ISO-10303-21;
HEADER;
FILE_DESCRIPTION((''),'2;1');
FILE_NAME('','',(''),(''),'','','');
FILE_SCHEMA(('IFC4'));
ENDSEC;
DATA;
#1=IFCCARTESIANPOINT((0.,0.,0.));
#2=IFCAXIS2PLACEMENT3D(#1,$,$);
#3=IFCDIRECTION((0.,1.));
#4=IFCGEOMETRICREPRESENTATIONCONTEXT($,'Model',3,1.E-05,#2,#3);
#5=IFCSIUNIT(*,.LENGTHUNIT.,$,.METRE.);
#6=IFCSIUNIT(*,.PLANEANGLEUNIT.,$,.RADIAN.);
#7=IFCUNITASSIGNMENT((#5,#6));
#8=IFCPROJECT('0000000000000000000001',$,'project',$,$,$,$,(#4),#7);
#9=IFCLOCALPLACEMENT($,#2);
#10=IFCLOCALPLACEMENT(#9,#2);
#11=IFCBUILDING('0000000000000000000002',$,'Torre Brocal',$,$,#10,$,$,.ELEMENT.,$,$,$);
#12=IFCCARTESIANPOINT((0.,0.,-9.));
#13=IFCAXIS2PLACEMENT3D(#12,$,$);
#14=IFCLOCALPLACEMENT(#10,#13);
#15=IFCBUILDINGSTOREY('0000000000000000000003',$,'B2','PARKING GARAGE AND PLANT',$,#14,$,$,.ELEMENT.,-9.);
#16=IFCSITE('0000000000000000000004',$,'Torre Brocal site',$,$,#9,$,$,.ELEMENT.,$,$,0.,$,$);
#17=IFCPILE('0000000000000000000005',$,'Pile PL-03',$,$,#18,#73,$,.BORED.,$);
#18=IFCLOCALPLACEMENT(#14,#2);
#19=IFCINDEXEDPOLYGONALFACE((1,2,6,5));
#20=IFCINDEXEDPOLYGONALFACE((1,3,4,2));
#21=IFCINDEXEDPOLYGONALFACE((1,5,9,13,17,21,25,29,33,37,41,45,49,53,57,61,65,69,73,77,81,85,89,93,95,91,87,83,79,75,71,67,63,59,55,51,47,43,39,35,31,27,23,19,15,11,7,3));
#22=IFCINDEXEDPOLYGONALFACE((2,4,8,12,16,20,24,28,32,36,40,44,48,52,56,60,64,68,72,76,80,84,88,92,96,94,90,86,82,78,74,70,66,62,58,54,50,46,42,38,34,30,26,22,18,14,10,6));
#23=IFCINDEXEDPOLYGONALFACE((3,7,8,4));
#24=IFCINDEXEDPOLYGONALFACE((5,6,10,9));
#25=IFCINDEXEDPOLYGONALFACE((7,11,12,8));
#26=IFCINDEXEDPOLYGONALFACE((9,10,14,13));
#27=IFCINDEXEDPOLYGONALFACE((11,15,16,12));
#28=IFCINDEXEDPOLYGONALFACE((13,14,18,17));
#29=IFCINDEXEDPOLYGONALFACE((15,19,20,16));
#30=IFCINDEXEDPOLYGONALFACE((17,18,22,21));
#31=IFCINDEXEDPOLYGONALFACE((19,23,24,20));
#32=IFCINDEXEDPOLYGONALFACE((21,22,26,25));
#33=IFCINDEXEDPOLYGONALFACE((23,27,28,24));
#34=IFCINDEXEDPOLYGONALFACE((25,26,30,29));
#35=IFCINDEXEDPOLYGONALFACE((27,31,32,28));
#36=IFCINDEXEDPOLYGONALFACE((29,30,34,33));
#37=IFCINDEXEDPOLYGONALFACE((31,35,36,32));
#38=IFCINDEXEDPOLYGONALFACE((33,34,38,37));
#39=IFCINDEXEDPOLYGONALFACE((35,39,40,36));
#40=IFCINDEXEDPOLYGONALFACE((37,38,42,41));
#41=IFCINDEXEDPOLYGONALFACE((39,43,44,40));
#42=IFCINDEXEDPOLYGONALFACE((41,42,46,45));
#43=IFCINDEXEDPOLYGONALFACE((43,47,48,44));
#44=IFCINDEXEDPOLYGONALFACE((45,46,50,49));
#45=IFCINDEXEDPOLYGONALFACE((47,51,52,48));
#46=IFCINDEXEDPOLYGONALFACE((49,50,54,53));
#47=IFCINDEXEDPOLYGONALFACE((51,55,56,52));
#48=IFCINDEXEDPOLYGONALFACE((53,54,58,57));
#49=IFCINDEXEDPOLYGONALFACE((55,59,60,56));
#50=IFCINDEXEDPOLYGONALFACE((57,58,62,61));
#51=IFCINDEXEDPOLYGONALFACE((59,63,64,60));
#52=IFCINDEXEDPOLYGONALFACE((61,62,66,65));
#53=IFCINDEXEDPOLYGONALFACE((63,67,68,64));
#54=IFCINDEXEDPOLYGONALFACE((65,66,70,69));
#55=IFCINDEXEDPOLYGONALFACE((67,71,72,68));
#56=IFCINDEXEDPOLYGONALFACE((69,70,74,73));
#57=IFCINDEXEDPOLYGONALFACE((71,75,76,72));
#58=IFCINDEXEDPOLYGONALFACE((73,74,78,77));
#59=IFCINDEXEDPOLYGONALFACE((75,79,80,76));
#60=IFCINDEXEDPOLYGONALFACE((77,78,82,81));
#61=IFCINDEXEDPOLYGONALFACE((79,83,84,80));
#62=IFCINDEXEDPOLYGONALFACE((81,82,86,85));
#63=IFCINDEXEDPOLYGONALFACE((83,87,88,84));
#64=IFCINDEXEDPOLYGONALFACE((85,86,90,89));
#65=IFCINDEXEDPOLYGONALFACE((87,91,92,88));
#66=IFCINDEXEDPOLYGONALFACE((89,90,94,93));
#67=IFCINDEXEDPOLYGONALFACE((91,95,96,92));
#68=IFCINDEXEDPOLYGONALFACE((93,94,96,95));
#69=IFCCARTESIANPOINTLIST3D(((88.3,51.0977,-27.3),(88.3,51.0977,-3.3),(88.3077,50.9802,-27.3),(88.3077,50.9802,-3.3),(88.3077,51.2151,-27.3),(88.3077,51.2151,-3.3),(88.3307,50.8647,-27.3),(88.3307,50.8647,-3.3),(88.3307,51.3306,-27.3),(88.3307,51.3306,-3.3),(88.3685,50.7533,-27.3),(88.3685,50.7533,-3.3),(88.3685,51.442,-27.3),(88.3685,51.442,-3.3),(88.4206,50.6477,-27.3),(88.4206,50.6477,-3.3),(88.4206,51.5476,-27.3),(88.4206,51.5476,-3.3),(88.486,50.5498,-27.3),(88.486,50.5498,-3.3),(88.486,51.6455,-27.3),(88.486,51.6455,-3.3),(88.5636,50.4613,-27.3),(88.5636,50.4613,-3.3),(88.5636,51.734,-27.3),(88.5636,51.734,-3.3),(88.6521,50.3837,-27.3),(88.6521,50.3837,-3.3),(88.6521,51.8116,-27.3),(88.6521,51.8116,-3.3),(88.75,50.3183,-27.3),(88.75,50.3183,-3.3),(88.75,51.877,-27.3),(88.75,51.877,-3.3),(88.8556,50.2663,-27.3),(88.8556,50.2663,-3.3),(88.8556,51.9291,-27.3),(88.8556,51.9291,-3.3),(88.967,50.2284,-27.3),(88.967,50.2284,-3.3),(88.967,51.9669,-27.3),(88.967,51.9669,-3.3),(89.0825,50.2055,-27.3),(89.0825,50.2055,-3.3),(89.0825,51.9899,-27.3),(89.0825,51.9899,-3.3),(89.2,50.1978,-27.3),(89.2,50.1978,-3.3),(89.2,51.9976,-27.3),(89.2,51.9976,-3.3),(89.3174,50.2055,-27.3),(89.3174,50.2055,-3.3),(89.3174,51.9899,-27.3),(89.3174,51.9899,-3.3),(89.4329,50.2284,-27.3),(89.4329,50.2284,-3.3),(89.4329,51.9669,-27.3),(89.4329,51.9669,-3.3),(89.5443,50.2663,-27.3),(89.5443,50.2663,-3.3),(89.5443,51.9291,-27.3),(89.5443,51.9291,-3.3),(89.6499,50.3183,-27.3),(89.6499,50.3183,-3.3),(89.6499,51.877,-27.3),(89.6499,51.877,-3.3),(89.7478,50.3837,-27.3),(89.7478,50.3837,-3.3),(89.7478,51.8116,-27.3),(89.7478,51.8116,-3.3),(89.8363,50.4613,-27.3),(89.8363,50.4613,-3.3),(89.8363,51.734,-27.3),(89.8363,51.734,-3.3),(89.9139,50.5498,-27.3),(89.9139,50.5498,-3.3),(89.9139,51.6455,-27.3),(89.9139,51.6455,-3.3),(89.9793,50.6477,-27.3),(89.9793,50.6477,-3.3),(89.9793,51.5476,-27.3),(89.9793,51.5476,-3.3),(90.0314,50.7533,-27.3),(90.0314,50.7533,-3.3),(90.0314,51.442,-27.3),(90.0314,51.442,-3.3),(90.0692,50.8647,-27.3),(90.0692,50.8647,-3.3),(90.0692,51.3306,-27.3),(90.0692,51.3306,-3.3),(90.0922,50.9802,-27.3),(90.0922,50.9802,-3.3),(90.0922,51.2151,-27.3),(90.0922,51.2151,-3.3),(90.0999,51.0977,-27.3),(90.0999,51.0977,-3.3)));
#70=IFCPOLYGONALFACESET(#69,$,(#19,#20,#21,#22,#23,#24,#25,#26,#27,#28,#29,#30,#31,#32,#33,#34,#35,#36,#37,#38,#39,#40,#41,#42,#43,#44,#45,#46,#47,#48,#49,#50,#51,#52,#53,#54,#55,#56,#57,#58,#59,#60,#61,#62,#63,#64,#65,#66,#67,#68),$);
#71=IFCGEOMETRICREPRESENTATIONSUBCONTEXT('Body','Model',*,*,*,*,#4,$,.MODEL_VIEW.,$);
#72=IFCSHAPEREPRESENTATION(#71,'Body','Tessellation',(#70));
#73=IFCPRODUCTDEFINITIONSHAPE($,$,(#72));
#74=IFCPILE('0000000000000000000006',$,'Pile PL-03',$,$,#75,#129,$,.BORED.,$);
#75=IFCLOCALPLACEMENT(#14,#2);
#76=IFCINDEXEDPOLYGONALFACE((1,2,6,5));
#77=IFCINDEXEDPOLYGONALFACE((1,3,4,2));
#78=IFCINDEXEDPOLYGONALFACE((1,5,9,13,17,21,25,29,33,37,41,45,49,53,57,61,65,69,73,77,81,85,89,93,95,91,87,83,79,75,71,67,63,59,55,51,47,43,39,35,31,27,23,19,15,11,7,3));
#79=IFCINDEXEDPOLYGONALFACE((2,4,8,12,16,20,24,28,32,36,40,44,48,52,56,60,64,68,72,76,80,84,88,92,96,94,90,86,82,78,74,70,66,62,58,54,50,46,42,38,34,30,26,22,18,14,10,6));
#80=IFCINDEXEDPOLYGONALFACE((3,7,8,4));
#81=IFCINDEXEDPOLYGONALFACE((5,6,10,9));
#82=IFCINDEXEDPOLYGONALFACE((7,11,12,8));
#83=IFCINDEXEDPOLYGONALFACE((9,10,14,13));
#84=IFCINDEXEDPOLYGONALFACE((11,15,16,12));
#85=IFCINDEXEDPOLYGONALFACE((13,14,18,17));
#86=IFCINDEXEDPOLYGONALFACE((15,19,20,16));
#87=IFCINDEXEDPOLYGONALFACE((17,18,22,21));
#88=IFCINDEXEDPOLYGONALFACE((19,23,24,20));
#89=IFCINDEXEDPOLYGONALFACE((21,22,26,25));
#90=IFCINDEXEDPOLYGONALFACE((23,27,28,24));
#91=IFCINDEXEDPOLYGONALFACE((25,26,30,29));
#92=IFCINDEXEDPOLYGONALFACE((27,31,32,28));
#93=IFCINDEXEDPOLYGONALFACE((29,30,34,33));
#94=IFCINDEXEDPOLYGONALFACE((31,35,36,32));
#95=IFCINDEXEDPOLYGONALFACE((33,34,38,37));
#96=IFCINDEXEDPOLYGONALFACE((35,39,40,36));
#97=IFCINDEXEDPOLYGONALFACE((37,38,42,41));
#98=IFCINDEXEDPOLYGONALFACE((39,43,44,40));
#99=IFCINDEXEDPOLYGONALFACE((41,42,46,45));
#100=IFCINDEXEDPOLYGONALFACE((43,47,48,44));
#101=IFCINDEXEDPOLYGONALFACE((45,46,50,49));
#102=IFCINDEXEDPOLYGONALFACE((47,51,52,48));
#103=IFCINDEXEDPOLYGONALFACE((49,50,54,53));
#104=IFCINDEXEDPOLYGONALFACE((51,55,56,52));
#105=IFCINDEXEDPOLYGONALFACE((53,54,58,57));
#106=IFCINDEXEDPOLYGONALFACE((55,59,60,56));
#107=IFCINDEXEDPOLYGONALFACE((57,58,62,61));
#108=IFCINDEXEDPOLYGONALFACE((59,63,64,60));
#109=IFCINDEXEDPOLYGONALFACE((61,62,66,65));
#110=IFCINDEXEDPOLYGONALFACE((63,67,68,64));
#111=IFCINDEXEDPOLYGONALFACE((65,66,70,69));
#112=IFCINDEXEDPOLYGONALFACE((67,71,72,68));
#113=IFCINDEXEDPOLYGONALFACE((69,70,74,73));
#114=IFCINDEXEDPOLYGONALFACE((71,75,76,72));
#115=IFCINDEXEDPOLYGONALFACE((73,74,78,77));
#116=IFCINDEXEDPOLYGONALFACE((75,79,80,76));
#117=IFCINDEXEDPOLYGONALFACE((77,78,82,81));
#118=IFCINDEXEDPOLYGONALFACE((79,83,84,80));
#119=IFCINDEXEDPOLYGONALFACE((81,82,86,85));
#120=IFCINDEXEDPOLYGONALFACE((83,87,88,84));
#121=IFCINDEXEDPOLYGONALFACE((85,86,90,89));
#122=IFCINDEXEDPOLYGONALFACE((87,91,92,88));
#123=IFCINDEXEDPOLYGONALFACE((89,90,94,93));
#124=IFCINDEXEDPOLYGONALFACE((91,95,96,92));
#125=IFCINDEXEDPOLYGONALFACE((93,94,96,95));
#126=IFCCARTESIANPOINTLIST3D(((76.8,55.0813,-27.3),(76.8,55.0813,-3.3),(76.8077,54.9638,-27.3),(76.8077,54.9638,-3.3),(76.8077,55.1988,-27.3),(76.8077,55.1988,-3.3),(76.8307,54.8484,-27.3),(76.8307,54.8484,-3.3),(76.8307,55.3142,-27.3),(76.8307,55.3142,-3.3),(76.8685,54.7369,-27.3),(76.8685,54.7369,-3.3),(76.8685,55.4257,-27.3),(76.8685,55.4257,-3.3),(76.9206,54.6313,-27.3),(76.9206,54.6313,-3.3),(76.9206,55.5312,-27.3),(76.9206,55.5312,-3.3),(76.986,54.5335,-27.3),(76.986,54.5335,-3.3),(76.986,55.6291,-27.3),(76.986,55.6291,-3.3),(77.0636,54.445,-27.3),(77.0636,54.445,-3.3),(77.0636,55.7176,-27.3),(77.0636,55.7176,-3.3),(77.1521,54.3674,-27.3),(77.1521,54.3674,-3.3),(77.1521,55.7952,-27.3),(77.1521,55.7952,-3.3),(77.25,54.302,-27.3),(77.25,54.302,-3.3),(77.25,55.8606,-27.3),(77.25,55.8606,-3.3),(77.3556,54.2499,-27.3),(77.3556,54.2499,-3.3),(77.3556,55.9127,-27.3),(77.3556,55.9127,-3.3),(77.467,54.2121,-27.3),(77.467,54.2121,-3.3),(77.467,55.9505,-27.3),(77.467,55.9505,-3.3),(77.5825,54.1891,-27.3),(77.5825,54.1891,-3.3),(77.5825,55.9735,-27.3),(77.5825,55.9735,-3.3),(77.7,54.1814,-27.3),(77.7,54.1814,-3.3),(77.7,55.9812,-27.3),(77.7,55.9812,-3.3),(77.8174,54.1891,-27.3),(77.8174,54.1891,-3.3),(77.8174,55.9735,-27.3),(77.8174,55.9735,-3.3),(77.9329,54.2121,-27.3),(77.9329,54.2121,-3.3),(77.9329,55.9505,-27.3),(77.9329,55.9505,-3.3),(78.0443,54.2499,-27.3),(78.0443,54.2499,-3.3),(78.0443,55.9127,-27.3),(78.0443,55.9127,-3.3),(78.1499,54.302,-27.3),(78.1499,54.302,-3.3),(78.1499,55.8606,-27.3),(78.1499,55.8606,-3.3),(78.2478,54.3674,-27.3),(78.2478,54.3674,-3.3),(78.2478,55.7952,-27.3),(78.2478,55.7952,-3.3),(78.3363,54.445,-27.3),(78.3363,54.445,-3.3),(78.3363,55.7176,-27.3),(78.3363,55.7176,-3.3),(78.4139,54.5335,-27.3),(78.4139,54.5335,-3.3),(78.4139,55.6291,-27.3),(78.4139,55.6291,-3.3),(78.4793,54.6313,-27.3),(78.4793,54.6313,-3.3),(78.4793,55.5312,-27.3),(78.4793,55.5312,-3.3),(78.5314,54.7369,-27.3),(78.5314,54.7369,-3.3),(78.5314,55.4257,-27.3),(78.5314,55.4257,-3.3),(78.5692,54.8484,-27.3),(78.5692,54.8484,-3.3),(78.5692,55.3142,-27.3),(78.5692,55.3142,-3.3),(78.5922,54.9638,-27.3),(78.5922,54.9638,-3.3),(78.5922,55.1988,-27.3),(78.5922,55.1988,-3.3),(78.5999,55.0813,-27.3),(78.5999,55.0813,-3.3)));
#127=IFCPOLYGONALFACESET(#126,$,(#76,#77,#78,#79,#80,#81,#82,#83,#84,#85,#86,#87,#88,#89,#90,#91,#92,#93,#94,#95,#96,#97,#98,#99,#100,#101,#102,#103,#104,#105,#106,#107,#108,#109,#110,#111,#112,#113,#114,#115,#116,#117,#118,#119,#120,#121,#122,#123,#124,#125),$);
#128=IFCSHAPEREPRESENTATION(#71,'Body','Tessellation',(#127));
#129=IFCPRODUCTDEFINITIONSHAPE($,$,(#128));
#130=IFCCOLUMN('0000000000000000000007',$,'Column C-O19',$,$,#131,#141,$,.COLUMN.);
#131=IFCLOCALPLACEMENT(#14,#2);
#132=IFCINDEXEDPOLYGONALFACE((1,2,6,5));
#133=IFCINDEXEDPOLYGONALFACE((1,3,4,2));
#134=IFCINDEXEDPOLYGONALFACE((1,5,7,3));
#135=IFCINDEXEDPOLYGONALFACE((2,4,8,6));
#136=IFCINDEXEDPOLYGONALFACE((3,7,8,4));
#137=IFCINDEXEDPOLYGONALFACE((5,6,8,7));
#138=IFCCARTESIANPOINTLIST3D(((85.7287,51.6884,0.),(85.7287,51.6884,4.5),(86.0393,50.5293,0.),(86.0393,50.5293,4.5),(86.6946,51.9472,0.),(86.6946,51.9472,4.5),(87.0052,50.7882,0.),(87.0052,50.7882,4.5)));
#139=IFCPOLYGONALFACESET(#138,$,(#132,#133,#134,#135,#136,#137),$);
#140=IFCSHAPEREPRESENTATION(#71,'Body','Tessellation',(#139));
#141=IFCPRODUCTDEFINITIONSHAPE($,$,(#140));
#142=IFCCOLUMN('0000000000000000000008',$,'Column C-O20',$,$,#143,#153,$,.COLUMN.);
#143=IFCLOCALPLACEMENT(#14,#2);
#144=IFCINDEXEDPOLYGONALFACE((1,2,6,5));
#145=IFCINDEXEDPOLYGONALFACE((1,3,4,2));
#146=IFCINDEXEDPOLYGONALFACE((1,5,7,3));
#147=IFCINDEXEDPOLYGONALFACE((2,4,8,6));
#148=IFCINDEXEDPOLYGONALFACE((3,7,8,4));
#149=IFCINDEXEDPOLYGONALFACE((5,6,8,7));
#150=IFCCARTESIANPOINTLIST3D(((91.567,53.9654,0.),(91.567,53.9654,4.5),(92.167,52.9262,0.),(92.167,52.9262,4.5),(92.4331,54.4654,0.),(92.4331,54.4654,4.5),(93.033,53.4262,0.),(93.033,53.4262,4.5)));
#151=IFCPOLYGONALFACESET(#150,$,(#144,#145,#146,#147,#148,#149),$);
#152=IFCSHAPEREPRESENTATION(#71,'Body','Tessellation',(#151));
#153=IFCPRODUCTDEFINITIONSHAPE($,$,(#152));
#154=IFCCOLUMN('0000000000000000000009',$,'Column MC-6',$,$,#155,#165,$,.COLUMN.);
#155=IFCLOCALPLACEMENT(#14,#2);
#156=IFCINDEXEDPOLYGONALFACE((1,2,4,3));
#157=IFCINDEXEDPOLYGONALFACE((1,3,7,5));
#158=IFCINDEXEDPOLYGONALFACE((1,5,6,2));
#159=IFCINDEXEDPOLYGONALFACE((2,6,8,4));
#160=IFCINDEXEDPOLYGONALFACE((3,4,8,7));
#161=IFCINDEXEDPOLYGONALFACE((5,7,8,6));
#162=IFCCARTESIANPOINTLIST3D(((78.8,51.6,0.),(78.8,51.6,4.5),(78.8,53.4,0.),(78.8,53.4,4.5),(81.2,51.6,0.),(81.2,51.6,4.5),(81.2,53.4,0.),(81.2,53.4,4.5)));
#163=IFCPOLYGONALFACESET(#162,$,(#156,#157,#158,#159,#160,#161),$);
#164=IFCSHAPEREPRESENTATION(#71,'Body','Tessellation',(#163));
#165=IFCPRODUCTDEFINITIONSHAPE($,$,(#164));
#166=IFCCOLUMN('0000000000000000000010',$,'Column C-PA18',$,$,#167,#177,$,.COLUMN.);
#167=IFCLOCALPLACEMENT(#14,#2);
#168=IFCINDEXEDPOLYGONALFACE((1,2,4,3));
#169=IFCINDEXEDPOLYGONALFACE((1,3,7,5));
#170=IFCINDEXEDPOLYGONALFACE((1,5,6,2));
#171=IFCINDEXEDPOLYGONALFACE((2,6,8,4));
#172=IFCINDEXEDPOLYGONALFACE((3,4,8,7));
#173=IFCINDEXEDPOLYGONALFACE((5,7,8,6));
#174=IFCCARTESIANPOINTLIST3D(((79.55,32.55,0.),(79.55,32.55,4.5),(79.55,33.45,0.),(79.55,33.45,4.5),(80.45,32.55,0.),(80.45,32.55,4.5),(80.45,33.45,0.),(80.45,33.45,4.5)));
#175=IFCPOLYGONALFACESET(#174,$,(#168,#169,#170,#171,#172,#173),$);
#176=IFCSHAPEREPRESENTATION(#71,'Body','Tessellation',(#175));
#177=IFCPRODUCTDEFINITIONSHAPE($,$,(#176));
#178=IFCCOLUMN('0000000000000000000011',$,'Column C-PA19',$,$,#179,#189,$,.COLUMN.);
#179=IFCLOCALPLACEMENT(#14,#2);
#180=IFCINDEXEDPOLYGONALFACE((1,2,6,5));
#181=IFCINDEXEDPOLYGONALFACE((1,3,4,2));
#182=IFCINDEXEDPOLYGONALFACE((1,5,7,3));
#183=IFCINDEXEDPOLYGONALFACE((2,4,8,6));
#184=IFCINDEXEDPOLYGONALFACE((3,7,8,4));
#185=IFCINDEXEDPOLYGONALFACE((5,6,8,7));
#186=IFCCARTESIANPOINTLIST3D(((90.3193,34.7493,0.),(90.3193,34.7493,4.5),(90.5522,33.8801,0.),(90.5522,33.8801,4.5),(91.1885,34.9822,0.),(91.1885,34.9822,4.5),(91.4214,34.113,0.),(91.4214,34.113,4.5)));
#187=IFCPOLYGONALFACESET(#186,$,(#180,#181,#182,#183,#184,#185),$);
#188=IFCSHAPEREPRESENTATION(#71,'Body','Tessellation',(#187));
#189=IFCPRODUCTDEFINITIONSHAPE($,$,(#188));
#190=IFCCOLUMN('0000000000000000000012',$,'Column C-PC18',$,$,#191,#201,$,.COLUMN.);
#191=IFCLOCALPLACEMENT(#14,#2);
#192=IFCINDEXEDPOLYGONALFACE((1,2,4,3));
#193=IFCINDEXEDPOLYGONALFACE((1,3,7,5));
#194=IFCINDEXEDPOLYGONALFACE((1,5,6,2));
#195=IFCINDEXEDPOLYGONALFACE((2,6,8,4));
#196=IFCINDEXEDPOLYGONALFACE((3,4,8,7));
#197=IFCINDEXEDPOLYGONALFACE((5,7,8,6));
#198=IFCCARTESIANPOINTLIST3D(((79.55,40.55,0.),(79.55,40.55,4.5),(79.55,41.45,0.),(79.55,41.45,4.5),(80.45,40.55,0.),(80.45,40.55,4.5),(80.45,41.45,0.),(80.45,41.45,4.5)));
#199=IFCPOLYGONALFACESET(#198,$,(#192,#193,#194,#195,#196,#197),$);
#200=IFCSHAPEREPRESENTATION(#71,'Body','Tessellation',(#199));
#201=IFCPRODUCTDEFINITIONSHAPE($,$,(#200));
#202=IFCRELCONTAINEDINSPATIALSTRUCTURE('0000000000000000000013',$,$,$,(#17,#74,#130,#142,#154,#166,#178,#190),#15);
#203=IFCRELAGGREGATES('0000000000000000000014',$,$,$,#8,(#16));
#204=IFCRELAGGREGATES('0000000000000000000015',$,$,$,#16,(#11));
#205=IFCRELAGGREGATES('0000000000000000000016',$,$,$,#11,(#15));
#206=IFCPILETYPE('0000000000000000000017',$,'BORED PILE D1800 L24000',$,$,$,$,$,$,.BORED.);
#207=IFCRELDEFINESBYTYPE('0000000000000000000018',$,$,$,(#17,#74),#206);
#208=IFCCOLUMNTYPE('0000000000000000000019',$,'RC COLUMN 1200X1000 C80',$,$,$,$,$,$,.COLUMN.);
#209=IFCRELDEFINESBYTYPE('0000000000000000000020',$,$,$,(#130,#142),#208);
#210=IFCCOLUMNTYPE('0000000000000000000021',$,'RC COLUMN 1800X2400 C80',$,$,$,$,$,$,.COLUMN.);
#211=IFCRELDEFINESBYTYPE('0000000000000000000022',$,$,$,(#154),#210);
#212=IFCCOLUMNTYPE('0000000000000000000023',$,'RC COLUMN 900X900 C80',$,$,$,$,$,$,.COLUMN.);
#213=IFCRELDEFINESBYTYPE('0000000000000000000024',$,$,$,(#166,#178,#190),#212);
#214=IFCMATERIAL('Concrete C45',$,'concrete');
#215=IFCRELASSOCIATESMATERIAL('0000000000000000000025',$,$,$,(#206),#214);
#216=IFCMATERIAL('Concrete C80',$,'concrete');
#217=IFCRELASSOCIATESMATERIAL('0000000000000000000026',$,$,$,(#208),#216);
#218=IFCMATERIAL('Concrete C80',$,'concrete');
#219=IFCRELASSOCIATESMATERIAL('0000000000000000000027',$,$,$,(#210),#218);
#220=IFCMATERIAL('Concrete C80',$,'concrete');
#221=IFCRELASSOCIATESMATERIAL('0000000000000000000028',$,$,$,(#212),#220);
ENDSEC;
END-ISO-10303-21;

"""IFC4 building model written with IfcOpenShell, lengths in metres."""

from ifc_helpers import new_model, si_unit, direction, frame, origin, origin_2d, place, context, subcontext, project, spatial, rectangle, circle, extrude, material, material_profile, profile_set, type_object, element, save


model = new_model("IFC4")

# Units and contexts
model_context = context("Model", 3, precision=1e-05, world=origin(), true_north=direction((0.0, 1.0)))
body_context = subcontext(model_context, "Body", "Model", "MODEL_VIEW")
ifc_project = project(units=[si_unit("LENGTHUNIT", "METRE"), si_unit("PLANEANGLEUNIT", "RADIAN")], contexts=[model_context])

# Site, building, storey
site_placement = place(None, origin())
site = spatial("IfcSite", under=ifc_project, at=site_placement, Name="Torre Brocal site", CompositionType="ELEMENT", RefElevation=0.0)
building_placement = place(site_placement, origin())
building = spatial("IfcBuilding", under=site, at=building_placement, Name="Torre Brocal", CompositionType="ELEMENT")
storey_placement = place(building_placement, frame((0.0, 0.0, -9.0)))
storey = spatial("IfcBuildingStorey", under=building, at=storey_placement, Name="B2", Description="PARKING GARAGE AND PLANT", CompositionType="ELEMENT", Elevation=-9.0)

# Piles
ifc_material_1 = material(Name="Concrete C45", Category="concrete")
ifc_material_profile_1 = material_profile(ifc_material_1, circle(Radius=0.8999, at=origin_2d()), Name="BORED PILE D1800")
ifc_profile_set_1 = profile_set([ifc_material_profile_1], Name="Concrete C45")
pile_type_1 = type_object("IfcPileType", Name="BORED PILE D1800 L24000", PredefinedType="BORED", material=ifc_profile_set_1)
for number, where, z_axis, x_axis, name in (
    (1, (89.2, 51.0977, -3.3), (0.0, 0.0, -1.0), (1.0, 0.0, 0.0), "Pile PL-03"),
    (2, (77.7, 55.0813, -3.3), (0.0, 0.0, -1.0), (1.0, 0.0, 0.0), "Pile PL-03"),
):
    element("IfcPile", number, at=place(storey_placement, frame(where, z_axis=z_axis, x_axis=x_axis)), inside=storey, type_object=pile_type_1, Name=name, PredefinedType="BORED", context=body_context, shape_type="SweptSolid", body=[
        extrude(circle(Radius=0.8999, at=origin_2d()), origin(), (0.0, 0.0, 1.0), 24.0),
    ])

# Columns
ifc_material_2 = material(Name="Concrete C80", Category="concrete")
ifc_material_profile_2 = material_profile(ifc_material_2, rectangle(XDim=1.2, YDim=1.0, at=origin_2d()), Name="RC 1200X1000")
ifc_profile_set_2 = profile_set([ifc_material_profile_2], Name="Concrete C80")
column_type_1 = type_object("IfcColumnType", Name="RC COLUMN 1200X1000 C80", PredefinedType="COLUMN", material=ifc_profile_set_2)
for number, where, z_axis, x_axis, name in (
    (3, (86.3669, 51.2383, 0.0), (0.0, 0.0, 1.0), (0.258819, -0.965926, 0.0), "Column C-O19"),
    (4, (92.3, 53.6958, 0.0), (0.0, 0.0, 1.0), (0.5, -0.866025, 0.0), "Column C-O20"),
):
    element("IfcColumn", number, at=place(storey_placement, frame(where, z_axis=z_axis, x_axis=x_axis)), inside=storey, type_object=column_type_1, Name=name, PredefinedType="COLUMN", context=body_context, shape_type="SweptSolid", body=[
        extrude(rectangle(XDim=1.2, YDim=1.0, at=origin_2d()), origin(), (0.0, 0.0, 1.0), 4.5),
    ])
ifc_material_3 = material(Name="Concrete C80", Category="concrete")
ifc_material_profile_3 = material_profile(ifc_material_3, rectangle(XDim=1.8, YDim=2.3999, at=origin_2d()), Name="RC 1800X2400")
ifc_profile_set_3 = profile_set([ifc_material_profile_3], Name="Concrete C80")
column_type_2 = type_object("IfcColumnType", Name="RC COLUMN 1800X2400 C80", PredefinedType="COLUMN", material=ifc_profile_set_3)
column_placement = place(storey_placement, frame((80.0, 52.5, 0.0), z_axis=(0.0, 0.0, 1.0), x_axis=(0.0, -1.0, 0.0)))
element("IfcColumn", 5, at=column_placement, inside=storey, type_object=column_type_2, Name="Column MC-6", PredefinedType="COLUMN", context=body_context, shape_type="SweptSolid", body=[
    extrude(rectangle(XDim=1.8, YDim=2.3999, at=origin_2d()), origin(), (0.0, 0.0, 1.0), 4.5),
])
ifc_material_4 = material(Name="Concrete C80", Category="concrete")
ifc_material_profile_4 = material_profile(ifc_material_4, rectangle(XDim=0.8999, YDim=0.8999, at=origin_2d()), Name="RC 900X900")
ifc_profile_set_4 = profile_set([ifc_material_profile_4], Name="Concrete C80")
column_type_3 = type_object("IfcColumnType", Name="RC COLUMN 900X900 C80", PredefinedType="COLUMN", material=ifc_profile_set_4)
for number, where, z_axis, x_axis, name in (
    (6, (80.0, 33.0, 0.0), (0.0, 0.0, 1.0), (0.0, -1.0, 0.0), "Column C-PA18"),
    (7, (90.8704, 34.4312, 0.0), (0.0, 0.0, 1.0), (0.258819, -0.965926, 0.0), "Column C-PA19"),
    (8, (80.0, 41.0, 0.0), (0.0, 0.0, 1.0), (0.0, -1.0, 0.0), "Column C-PC18"),
):
    element("IfcColumn", number, at=place(storey_placement, frame(where, z_axis=z_axis, x_axis=x_axis)), inside=storey, type_object=column_type_3, Name=name, PredefinedType="COLUMN", context=body_context, shape_type="SweptSolid", body=[
        extrude(rectangle(XDim=0.8999, YDim=0.8999, at=origin_2d()), origin(), (0.0, 0.0, 1.0), 4.5),
    ])

save(model, "model.ifc")
